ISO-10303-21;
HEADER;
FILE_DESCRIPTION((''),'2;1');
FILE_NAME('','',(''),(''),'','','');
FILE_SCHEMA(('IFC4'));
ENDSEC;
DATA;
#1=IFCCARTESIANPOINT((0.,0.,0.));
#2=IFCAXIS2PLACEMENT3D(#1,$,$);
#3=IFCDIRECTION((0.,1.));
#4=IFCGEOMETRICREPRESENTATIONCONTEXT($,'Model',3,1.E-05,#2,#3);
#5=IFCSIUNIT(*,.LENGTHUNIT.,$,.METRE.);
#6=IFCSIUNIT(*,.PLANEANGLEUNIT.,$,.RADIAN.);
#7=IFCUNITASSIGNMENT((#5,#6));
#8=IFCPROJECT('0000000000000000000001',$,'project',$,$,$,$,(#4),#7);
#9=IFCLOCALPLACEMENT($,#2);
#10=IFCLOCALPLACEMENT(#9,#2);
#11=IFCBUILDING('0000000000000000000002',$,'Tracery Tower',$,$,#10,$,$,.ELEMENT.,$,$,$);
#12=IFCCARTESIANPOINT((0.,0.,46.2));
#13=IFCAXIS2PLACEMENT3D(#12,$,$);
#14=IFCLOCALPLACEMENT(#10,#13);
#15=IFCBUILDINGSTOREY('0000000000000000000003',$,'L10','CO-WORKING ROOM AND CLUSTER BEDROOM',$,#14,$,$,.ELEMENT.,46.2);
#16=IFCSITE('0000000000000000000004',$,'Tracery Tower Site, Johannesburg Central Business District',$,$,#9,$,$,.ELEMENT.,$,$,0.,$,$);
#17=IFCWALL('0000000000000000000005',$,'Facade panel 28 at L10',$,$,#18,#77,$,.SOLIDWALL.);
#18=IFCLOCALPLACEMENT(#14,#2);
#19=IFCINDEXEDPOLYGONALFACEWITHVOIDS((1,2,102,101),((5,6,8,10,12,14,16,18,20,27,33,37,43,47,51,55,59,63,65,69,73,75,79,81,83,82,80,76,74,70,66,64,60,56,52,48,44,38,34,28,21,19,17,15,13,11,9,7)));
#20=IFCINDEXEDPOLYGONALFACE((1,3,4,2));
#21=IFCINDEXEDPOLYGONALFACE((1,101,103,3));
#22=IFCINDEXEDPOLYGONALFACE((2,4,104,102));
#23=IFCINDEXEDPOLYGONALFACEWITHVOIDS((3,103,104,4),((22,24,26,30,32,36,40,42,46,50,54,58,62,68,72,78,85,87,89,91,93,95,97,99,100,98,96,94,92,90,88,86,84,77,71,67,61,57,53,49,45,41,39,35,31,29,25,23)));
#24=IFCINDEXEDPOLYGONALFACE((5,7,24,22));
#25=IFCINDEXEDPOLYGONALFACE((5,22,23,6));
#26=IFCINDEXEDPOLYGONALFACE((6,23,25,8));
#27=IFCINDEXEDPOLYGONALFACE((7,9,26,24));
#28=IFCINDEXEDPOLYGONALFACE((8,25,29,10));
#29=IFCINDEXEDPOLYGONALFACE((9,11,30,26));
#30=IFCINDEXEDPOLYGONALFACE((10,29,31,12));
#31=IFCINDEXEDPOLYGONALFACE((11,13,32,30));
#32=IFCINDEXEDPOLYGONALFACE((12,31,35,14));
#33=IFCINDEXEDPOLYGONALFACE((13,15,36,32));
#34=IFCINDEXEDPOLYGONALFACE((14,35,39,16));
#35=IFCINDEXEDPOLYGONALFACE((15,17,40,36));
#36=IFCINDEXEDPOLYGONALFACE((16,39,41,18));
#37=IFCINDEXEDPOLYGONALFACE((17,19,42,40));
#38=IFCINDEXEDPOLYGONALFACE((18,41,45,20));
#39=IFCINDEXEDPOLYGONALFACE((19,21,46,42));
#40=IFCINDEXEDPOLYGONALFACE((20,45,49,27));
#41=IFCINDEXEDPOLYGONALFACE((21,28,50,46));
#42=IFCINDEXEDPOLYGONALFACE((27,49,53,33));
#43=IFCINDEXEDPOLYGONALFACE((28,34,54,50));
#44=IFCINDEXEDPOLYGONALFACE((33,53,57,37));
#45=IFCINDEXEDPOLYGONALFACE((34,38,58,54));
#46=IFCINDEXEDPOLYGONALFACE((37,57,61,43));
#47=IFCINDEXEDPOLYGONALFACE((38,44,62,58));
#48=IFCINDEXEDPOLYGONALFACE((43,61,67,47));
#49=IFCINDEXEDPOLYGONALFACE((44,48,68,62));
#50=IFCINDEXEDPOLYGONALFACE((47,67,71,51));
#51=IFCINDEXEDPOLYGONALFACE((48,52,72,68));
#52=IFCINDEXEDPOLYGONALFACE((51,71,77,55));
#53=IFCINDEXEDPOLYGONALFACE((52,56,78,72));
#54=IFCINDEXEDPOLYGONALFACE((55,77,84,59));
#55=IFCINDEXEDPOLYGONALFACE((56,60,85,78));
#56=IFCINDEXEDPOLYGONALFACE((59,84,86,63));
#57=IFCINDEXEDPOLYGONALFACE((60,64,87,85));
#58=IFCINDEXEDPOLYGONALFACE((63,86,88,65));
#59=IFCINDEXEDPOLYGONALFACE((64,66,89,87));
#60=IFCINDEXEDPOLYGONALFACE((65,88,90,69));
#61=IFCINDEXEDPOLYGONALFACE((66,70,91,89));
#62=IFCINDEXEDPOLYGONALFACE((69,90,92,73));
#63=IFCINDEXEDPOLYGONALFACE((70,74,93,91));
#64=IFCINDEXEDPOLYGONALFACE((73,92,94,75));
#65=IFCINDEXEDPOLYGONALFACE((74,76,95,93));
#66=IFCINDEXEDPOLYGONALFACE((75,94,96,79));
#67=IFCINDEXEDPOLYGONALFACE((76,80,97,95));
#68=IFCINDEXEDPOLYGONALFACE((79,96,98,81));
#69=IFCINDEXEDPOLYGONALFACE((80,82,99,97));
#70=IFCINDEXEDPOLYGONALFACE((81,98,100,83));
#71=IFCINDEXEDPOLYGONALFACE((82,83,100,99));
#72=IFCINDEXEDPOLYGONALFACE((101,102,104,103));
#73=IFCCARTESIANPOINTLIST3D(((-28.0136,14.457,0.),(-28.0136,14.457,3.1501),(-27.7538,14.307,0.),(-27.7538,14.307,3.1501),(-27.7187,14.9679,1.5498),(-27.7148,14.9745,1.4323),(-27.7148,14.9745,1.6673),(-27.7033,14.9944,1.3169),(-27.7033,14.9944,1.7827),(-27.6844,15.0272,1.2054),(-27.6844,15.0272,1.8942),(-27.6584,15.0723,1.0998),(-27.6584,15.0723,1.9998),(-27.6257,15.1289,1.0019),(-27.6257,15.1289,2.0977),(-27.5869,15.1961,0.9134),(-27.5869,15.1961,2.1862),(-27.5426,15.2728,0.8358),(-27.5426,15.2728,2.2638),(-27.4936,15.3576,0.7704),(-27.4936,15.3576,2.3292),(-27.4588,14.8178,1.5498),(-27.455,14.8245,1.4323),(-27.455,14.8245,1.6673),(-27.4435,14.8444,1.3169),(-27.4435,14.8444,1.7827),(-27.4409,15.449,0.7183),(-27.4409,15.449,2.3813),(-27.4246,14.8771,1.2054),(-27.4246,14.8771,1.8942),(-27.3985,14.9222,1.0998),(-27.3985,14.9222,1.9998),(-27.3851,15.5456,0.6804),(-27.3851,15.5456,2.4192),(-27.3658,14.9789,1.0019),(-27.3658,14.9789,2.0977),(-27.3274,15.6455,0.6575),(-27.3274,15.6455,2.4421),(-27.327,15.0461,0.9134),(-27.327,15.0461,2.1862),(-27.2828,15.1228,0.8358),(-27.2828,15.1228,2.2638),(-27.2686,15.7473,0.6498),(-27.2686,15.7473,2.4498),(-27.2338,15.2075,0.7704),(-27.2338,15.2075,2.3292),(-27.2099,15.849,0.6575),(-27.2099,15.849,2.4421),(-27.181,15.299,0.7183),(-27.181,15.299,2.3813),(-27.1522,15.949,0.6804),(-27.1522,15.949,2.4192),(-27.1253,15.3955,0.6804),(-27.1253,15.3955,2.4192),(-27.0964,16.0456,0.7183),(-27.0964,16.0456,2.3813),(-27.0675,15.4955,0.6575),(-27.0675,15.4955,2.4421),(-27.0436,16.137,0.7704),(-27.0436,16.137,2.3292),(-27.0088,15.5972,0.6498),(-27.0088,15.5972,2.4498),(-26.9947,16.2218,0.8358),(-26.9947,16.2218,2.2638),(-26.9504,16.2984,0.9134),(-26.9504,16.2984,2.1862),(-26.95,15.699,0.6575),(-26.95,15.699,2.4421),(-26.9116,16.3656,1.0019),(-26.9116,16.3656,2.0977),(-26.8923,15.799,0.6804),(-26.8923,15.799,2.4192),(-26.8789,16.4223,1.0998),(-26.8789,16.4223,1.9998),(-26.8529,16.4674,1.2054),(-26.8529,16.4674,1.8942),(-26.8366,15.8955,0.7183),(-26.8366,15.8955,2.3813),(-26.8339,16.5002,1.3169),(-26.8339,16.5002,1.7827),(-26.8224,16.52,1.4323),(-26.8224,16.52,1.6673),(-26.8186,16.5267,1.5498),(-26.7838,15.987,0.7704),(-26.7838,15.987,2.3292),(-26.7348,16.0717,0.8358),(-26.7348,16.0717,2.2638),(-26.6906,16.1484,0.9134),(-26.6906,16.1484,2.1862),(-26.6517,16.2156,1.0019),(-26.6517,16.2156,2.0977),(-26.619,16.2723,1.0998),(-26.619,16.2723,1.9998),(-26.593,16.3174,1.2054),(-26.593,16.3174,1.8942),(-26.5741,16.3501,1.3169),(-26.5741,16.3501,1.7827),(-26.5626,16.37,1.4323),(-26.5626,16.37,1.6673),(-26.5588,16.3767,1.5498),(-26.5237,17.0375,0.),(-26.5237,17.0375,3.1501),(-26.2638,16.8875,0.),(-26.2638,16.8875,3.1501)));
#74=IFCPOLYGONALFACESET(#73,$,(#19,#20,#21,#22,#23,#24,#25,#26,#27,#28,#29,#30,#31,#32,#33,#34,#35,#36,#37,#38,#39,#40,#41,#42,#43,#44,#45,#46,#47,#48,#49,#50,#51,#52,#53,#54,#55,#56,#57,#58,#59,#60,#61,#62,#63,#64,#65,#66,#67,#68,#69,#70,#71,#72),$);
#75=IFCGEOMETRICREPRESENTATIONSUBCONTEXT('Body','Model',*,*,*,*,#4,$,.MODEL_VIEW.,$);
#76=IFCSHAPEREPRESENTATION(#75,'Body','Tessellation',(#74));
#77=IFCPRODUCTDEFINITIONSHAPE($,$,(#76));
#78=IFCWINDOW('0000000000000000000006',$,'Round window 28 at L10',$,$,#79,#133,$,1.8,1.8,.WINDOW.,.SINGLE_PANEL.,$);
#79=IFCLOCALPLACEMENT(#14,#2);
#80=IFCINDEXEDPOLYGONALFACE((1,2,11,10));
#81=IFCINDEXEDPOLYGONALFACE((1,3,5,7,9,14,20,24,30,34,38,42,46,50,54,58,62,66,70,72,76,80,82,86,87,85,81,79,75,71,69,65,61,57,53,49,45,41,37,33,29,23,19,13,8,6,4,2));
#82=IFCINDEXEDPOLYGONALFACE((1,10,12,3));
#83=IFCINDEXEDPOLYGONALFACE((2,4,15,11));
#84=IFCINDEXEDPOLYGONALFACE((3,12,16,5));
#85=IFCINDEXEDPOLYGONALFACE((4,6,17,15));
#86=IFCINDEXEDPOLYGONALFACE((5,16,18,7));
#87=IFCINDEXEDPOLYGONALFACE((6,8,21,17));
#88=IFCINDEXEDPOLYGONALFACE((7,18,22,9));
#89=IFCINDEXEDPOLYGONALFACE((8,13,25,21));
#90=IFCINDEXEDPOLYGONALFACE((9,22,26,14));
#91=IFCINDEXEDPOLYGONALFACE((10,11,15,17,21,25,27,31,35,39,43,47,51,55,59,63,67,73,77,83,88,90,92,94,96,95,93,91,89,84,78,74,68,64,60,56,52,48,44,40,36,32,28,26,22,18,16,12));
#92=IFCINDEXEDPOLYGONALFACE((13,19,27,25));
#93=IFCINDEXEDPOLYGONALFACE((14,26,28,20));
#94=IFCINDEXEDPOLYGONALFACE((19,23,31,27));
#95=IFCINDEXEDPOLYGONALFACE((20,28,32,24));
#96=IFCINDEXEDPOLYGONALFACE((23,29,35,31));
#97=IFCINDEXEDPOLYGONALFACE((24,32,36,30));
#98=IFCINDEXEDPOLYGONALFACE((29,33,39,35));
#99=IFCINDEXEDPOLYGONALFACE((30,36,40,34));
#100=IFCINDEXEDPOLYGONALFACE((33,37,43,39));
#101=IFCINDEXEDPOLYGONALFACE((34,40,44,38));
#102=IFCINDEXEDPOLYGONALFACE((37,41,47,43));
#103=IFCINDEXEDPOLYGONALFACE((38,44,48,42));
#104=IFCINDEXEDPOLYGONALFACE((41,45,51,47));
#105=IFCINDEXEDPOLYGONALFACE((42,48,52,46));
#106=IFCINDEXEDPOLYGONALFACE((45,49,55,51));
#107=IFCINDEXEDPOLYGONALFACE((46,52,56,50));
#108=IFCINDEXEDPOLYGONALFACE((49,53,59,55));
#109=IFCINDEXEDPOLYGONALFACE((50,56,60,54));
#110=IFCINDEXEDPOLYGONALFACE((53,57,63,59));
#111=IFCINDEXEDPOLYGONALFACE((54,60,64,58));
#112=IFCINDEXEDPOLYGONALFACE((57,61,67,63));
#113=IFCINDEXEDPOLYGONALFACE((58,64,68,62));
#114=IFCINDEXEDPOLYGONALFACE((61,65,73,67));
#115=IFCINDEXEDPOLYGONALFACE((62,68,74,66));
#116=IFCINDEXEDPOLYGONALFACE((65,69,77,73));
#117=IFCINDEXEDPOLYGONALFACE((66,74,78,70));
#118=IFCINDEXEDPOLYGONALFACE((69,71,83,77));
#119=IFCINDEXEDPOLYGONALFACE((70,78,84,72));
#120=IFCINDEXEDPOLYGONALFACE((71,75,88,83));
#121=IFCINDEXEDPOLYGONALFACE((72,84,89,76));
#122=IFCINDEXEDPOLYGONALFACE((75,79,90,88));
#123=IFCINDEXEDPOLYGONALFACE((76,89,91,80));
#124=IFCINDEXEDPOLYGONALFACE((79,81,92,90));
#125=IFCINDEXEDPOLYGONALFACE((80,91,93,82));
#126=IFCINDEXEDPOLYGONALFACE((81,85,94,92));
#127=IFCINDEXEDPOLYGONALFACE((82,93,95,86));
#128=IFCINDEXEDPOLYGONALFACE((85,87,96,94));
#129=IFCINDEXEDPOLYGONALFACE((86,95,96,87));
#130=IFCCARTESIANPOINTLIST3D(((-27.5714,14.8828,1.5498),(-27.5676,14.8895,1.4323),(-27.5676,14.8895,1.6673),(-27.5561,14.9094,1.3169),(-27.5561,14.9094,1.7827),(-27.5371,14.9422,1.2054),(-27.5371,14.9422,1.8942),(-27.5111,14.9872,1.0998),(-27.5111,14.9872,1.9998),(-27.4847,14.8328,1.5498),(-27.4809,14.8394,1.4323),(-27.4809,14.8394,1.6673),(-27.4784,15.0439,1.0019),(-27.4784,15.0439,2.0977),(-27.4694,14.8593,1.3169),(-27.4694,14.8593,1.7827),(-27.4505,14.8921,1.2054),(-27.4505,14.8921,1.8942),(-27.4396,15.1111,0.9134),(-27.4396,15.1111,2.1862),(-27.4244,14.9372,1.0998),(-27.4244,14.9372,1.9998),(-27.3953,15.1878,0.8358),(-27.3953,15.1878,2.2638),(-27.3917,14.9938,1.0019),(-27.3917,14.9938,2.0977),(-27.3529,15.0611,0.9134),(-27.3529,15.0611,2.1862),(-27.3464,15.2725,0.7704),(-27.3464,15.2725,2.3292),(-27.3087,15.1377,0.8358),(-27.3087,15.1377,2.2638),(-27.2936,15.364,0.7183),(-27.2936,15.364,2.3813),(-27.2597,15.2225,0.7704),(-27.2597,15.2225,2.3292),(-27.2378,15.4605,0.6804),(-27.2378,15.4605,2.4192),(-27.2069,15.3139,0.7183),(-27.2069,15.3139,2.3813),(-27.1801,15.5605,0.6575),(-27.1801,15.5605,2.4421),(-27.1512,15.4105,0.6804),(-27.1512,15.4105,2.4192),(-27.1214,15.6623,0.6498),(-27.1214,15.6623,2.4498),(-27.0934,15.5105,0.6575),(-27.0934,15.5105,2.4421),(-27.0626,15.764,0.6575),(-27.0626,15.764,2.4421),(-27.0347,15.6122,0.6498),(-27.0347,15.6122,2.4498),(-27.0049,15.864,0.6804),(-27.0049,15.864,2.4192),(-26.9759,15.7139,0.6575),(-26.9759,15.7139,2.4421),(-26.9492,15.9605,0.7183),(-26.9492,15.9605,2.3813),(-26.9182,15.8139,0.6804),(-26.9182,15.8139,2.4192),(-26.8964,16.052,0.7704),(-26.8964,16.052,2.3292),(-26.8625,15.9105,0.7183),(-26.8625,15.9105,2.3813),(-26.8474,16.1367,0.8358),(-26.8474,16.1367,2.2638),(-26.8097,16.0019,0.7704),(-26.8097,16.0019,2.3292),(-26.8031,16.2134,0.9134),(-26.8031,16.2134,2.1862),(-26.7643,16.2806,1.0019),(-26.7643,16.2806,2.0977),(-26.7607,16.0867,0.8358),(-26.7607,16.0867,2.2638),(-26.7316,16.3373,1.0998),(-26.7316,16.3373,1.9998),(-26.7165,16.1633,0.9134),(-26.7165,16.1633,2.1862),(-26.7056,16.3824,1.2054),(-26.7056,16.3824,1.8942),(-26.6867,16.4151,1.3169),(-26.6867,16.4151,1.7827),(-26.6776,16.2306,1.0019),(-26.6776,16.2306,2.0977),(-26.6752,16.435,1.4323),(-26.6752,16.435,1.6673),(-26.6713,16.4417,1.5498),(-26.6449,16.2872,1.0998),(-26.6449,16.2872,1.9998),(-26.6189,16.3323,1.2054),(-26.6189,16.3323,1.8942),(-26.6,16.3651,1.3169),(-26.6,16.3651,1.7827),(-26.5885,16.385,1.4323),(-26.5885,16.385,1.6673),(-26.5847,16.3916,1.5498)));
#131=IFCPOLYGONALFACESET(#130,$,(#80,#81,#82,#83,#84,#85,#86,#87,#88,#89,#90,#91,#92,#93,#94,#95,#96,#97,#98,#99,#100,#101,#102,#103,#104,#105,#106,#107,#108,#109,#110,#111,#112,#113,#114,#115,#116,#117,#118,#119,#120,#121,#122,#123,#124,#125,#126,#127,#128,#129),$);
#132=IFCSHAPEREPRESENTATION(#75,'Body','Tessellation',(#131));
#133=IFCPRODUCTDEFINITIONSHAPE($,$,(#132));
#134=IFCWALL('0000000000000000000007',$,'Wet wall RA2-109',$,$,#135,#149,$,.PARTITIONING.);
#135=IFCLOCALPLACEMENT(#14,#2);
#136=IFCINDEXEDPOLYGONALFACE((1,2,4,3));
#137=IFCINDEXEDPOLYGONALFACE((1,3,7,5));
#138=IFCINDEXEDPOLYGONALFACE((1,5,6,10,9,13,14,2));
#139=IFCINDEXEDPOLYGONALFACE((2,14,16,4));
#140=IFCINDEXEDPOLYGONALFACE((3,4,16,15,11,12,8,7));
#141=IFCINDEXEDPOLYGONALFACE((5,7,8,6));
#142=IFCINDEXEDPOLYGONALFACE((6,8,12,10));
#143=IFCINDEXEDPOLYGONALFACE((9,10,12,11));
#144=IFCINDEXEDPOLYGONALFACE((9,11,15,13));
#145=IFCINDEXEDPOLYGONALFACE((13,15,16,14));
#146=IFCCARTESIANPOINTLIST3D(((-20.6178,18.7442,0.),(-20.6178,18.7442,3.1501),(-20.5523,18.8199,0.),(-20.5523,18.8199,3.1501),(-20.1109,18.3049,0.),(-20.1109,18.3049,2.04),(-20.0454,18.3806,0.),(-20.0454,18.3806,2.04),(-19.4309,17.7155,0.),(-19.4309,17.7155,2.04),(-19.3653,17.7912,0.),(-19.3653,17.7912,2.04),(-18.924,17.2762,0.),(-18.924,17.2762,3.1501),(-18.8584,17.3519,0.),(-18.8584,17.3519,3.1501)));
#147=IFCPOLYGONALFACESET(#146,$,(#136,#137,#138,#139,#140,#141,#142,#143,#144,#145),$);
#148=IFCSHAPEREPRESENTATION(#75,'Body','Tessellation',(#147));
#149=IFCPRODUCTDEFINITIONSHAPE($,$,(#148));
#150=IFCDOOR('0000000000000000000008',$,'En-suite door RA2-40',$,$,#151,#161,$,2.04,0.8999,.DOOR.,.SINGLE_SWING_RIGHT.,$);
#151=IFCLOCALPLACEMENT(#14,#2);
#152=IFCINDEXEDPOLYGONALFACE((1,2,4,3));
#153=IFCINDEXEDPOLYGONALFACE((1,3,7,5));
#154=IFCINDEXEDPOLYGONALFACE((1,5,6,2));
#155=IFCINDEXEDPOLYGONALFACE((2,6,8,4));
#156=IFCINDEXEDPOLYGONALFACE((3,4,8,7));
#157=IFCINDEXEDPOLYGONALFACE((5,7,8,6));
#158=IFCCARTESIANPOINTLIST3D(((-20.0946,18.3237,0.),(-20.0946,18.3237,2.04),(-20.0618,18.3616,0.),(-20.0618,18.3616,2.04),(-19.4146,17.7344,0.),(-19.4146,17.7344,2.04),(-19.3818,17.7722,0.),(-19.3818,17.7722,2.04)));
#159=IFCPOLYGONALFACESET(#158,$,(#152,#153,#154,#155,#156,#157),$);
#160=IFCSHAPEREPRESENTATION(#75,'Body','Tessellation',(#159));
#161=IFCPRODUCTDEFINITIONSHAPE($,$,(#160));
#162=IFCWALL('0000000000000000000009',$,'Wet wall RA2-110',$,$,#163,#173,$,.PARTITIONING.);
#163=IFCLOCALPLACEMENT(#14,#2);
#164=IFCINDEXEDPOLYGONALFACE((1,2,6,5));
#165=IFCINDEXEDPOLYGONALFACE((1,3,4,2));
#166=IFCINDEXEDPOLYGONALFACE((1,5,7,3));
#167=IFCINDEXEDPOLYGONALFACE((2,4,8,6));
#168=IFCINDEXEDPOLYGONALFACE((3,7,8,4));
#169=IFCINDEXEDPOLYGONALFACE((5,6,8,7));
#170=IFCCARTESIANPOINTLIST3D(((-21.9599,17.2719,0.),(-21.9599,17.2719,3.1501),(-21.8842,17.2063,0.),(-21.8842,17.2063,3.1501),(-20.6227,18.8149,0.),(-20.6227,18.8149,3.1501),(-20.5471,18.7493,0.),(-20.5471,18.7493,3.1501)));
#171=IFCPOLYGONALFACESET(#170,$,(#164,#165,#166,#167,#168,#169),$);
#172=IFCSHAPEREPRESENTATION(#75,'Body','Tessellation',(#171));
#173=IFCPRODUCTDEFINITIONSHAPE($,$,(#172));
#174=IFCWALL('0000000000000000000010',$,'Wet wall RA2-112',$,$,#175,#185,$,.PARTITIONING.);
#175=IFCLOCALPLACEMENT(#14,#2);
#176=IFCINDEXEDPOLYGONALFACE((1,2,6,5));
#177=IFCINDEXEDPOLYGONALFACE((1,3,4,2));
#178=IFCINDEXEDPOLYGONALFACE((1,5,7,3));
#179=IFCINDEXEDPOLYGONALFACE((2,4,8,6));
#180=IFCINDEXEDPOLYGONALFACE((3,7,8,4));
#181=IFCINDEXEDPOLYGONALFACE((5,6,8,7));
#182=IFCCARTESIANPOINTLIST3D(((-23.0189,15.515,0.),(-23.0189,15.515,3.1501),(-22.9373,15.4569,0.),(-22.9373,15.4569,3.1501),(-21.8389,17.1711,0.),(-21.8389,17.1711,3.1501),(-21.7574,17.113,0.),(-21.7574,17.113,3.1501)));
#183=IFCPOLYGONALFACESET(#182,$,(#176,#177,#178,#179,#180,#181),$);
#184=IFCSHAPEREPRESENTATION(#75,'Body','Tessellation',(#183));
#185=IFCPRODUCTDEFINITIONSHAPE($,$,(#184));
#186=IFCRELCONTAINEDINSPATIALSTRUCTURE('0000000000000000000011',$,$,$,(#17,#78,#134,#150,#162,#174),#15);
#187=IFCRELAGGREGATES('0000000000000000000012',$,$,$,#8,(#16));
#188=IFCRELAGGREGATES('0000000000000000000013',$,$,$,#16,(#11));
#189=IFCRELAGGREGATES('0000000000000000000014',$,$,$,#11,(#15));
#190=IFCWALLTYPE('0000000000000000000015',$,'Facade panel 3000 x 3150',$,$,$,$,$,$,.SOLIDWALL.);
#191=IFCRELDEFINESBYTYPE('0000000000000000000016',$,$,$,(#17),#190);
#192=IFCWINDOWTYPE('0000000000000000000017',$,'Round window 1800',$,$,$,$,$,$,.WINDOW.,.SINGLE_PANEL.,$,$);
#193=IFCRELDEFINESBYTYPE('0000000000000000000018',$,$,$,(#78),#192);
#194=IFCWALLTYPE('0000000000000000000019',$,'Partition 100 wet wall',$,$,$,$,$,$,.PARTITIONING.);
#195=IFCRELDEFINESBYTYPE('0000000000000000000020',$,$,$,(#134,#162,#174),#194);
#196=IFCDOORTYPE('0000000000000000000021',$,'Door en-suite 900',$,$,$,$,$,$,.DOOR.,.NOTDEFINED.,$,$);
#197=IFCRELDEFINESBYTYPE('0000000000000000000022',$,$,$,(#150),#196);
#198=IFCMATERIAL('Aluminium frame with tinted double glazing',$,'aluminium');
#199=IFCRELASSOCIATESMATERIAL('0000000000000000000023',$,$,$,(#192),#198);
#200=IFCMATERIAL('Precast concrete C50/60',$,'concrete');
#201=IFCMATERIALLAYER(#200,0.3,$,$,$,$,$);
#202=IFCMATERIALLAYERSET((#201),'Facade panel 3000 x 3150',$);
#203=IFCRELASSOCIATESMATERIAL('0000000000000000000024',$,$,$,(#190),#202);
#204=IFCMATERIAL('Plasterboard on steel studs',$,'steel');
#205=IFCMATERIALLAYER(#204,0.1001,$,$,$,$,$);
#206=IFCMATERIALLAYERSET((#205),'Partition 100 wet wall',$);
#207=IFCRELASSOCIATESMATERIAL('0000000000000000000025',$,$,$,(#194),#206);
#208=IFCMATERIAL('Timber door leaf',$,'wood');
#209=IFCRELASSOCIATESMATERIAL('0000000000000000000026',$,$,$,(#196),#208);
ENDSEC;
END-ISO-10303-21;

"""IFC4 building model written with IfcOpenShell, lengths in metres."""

from ifc_helpers import new_model, si_unit, direction, frame, frame_2d, origin, origin_2d, place, context, subcontext, project, spatial, rectangle, circle, extrude, material, layer, layer_set, type_object, element, fill, save


model = new_model("IFC4")

# Units and contexts
model_context = context("Model", 3, precision=1e-05, world=origin(), true_north=direction((0.0, 1.0)))
body_context = subcontext(model_context, "Body", "Model", "MODEL_VIEW")
ifc_project = project(units=[si_unit("LENGTHUNIT", "METRE"), si_unit("PLANEANGLEUNIT", "RADIAN")], contexts=[model_context])

# Site, building, storey
site_placement = place(None, origin())
site = spatial("IfcSite", under=ifc_project, at=site_placement, Name="Tracery Tower Site, Johannesburg Central Business District", CompositionType="ELEMENT", RefElevation=0.0)
building_placement = place(site_placement, origin())
building = spatial("IfcBuilding", under=site, at=building_placement, Name="Tracery Tower", CompositionType="ELEMENT")
storey_placement = place(building_placement, frame((0.0, 0.0, 46.2)))
storey = spatial("IfcBuildingStorey", under=building, at=storey_placement, Name="L10", Description="CO-WORKING ROOM AND CLUSTER BEDROOM", CompositionType="ELEMENT", Elevation=46.2)

# Wall, opening, window
ifc_material_1 = material(Name="Aluminium frame with tinted double glazing", Category="aluminium")
window_type = type_object("IfcWindowType", Name="Round window 1800", PartitioningType="SINGLE_PANEL", PredefinedType="WINDOW", material=ifc_material_1)
ifc_material_2 = material(Name="Precast concrete C50/60", Category="concrete")
ifc_layer_1 = layer(ifc_material_2, 0.3)
ifc_layer_set_1 = layer_set([ifc_layer_1], Name="Facade panel 3000 x 3150")
wall_type_1 = type_object("IfcWallType", Name="Facade panel 3000 x 3150", PredefinedType="SOLIDWALL", material=ifc_layer_set_1)
wall_1_placement = place(storey_placement, frame((-26.3938, 16.9624, 0.0), z_axis=(0.0, 0.0, 1.0), x_axis=(-0.500025, -0.866011, 0.0)))
wall_1 = element("IfcWall", 1, at=wall_1_placement, inside=storey, type_object=wall_type_1, Name="Facade panel 28 at L10", PredefinedType="SOLIDWALL", context=body_context, shape_type="SweptSolid", body=[
    extrude(rectangle(XDim=2.9797, YDim=0.3, at=frame_2d((1.4897, 0.0))), origin(), (0.0, 0.0, 1.0), 3.1501),
])
opening_1_placement = place(wall_1_placement, frame((1.4897, 0.0, 1.5498)))
opening_1 = element("IfcOpeningElement", 2, at=opening_1_placement, cuts=wall_1, PredefinedType="OPENING", context=body_context, shape_type="SweptSolid", body=[
    extrude(circle(Radius=0.9, at=origin_2d()), frame((0.0, 0.1599, 0.0), z_axis=(0.0, -1.0, 0.0), x_axis=(1.0, 0.0, 0.0)), (0.0, 0.0, 1.0), 0.3201),
])
window_1_placement = place(opening_1_placement, origin())
window_1 = element("IfcWindow", 3, at=window_1_placement, inside=storey, type_object=window_type, Name="Round window 28 at L10", OverallHeight=1.8, OverallWidth=1.8, PartitioningType="SINGLE_PANEL", PredefinedType="WINDOW", context=body_context, shape_type="SweptSolid", body=[
    extrude(circle(Radius=0.9, at=origin_2d()), frame((0.0, 0.1201, 0.0), z_axis=(0.0, -1.0, 0.0), x_axis=(1.0, 0.0, 0.0)), (0.0, 0.0, 1.0), 0.1001),
])
fill(opening_1, window_1)

# Wall, opening, door
ifc_material_3 = material(Name="Plasterboard on steel studs", Category="steel")
ifc_layer_2 = layer(ifc_material_3, 0.1001)
ifc_layer_set_2 = layer_set([ifc_layer_2], Name="Partition 100 wet wall")
wall_type_2 = type_object("IfcWallType", Name="Partition 100 wet wall", PredefinedType="PARTITIONING", material=ifc_layer_set_2)
wall_2_placement = place(storey_placement, frame((-20.585, 18.782, 0.0), z_axis=(0.0, 0.0, 1.0), x_axis=(0.755685, -0.654935, 0.0)))
wall_2 = element("IfcWall", 4, at=wall_2_placement, inside=storey, type_object=wall_type_2, Name="Wet wall RA2-109", PredefinedType="PARTITIONING", context=body_context, shape_type="SweptSolid", body=[
    extrude(rectangle(XDim=2.2415, YDim=0.1001, at=frame_2d((1.1206, 0.0))), origin(), (0.0, 0.0, 1.0), 3.1501),
])
opening_2_placement = place(wall_2_placement, frame((0.6707, 0.0, 0.0)))
opening_2 = element("IfcOpeningElement", 5, at=opening_2_placement, cuts=wall_2, PredefinedType="OPENING", context=body_context, shape_type="SweptSolid", body=[
    extrude(rectangle(XDim=0.8999, YDim=2.04, at=frame_2d((0.45, 1.02))), frame((0.0, 0.05, 0.0), z_axis=(0.0, -1.0, 0.0), x_axis=(1.0, 0.0, 0.0)), (0.0, 0.0, 1.0), 0.1001),
])
ifc_material_4 = material(Name="Timber door leaf", Category="wood")
door_type = type_object("IfcDoorType", Name="Door en-suite 900", OperationType="NOTDEFINED", PredefinedType="DOOR", material=ifc_material_4)
door_1_placement = place(opening_2_placement, origin())
door_1 = element("IfcDoor", 6, at=door_1_placement, inside=storey, type_object=door_type, Name="En-suite door RA2-40", OperationType="SINGLE_SWING_RIGHT", OverallHeight=2.04, OverallWidth=0.8999, PredefinedType="DOOR", context=body_context, shape_type="SweptSolid", body=[
    extrude(rectangle(XDim=0.8999, YDim=2.04, at=frame_2d((0.45, 1.02))), frame((0.0, 0.0249, 0.0), z_axis=(0.0, -1.0, 0.0), x_axis=(1.0, 0.0, 0.0)), (0.0, 0.0, 1.0), 0.05),
])
fill(opening_2, door_1)

# Walls
wall_3_placement = place(storey_placement, frame((-21.9221, 17.239, 0.0), z_axis=(0.0, 0.0, 1.0), x_axis=(0.654908, 0.755709, 0.0)))
element("IfcWall", 7, at=wall_3_placement, inside=storey, type_object=wall_type_2, Name="Wet wall RA2-110", PredefinedType="PARTITIONING", context=body_context, shape_type="SweptSolid", body=[
    extrude(rectangle(XDim=2.0417, YDim=0.1001, at=frame_2d((1.021, 0.0))), origin(), (0.0, 0.0, 1.0), 3.1501),
])
wall_4_placement = place(storey_placement, frame((-22.978, 15.4861, 0.0), z_axis=(0.0, 0.0, 1.0), x_axis=(0.580284, 0.814414, 0.0)))
element("IfcWall", 8, at=wall_4_placement, inside=storey, type_object=wall_type_2, Name="Wet wall RA2-112", PredefinedType="PARTITIONING", context=body_context, shape_type="SweptSolid", body=[
    extrude(rectangle(XDim=2.0334, YDim=0.1001, at=frame_2d((1.0166, 0.0))), origin(), (0.0, 0.0, 1.0), 3.1501),
])

save(model, "model.ifc")
